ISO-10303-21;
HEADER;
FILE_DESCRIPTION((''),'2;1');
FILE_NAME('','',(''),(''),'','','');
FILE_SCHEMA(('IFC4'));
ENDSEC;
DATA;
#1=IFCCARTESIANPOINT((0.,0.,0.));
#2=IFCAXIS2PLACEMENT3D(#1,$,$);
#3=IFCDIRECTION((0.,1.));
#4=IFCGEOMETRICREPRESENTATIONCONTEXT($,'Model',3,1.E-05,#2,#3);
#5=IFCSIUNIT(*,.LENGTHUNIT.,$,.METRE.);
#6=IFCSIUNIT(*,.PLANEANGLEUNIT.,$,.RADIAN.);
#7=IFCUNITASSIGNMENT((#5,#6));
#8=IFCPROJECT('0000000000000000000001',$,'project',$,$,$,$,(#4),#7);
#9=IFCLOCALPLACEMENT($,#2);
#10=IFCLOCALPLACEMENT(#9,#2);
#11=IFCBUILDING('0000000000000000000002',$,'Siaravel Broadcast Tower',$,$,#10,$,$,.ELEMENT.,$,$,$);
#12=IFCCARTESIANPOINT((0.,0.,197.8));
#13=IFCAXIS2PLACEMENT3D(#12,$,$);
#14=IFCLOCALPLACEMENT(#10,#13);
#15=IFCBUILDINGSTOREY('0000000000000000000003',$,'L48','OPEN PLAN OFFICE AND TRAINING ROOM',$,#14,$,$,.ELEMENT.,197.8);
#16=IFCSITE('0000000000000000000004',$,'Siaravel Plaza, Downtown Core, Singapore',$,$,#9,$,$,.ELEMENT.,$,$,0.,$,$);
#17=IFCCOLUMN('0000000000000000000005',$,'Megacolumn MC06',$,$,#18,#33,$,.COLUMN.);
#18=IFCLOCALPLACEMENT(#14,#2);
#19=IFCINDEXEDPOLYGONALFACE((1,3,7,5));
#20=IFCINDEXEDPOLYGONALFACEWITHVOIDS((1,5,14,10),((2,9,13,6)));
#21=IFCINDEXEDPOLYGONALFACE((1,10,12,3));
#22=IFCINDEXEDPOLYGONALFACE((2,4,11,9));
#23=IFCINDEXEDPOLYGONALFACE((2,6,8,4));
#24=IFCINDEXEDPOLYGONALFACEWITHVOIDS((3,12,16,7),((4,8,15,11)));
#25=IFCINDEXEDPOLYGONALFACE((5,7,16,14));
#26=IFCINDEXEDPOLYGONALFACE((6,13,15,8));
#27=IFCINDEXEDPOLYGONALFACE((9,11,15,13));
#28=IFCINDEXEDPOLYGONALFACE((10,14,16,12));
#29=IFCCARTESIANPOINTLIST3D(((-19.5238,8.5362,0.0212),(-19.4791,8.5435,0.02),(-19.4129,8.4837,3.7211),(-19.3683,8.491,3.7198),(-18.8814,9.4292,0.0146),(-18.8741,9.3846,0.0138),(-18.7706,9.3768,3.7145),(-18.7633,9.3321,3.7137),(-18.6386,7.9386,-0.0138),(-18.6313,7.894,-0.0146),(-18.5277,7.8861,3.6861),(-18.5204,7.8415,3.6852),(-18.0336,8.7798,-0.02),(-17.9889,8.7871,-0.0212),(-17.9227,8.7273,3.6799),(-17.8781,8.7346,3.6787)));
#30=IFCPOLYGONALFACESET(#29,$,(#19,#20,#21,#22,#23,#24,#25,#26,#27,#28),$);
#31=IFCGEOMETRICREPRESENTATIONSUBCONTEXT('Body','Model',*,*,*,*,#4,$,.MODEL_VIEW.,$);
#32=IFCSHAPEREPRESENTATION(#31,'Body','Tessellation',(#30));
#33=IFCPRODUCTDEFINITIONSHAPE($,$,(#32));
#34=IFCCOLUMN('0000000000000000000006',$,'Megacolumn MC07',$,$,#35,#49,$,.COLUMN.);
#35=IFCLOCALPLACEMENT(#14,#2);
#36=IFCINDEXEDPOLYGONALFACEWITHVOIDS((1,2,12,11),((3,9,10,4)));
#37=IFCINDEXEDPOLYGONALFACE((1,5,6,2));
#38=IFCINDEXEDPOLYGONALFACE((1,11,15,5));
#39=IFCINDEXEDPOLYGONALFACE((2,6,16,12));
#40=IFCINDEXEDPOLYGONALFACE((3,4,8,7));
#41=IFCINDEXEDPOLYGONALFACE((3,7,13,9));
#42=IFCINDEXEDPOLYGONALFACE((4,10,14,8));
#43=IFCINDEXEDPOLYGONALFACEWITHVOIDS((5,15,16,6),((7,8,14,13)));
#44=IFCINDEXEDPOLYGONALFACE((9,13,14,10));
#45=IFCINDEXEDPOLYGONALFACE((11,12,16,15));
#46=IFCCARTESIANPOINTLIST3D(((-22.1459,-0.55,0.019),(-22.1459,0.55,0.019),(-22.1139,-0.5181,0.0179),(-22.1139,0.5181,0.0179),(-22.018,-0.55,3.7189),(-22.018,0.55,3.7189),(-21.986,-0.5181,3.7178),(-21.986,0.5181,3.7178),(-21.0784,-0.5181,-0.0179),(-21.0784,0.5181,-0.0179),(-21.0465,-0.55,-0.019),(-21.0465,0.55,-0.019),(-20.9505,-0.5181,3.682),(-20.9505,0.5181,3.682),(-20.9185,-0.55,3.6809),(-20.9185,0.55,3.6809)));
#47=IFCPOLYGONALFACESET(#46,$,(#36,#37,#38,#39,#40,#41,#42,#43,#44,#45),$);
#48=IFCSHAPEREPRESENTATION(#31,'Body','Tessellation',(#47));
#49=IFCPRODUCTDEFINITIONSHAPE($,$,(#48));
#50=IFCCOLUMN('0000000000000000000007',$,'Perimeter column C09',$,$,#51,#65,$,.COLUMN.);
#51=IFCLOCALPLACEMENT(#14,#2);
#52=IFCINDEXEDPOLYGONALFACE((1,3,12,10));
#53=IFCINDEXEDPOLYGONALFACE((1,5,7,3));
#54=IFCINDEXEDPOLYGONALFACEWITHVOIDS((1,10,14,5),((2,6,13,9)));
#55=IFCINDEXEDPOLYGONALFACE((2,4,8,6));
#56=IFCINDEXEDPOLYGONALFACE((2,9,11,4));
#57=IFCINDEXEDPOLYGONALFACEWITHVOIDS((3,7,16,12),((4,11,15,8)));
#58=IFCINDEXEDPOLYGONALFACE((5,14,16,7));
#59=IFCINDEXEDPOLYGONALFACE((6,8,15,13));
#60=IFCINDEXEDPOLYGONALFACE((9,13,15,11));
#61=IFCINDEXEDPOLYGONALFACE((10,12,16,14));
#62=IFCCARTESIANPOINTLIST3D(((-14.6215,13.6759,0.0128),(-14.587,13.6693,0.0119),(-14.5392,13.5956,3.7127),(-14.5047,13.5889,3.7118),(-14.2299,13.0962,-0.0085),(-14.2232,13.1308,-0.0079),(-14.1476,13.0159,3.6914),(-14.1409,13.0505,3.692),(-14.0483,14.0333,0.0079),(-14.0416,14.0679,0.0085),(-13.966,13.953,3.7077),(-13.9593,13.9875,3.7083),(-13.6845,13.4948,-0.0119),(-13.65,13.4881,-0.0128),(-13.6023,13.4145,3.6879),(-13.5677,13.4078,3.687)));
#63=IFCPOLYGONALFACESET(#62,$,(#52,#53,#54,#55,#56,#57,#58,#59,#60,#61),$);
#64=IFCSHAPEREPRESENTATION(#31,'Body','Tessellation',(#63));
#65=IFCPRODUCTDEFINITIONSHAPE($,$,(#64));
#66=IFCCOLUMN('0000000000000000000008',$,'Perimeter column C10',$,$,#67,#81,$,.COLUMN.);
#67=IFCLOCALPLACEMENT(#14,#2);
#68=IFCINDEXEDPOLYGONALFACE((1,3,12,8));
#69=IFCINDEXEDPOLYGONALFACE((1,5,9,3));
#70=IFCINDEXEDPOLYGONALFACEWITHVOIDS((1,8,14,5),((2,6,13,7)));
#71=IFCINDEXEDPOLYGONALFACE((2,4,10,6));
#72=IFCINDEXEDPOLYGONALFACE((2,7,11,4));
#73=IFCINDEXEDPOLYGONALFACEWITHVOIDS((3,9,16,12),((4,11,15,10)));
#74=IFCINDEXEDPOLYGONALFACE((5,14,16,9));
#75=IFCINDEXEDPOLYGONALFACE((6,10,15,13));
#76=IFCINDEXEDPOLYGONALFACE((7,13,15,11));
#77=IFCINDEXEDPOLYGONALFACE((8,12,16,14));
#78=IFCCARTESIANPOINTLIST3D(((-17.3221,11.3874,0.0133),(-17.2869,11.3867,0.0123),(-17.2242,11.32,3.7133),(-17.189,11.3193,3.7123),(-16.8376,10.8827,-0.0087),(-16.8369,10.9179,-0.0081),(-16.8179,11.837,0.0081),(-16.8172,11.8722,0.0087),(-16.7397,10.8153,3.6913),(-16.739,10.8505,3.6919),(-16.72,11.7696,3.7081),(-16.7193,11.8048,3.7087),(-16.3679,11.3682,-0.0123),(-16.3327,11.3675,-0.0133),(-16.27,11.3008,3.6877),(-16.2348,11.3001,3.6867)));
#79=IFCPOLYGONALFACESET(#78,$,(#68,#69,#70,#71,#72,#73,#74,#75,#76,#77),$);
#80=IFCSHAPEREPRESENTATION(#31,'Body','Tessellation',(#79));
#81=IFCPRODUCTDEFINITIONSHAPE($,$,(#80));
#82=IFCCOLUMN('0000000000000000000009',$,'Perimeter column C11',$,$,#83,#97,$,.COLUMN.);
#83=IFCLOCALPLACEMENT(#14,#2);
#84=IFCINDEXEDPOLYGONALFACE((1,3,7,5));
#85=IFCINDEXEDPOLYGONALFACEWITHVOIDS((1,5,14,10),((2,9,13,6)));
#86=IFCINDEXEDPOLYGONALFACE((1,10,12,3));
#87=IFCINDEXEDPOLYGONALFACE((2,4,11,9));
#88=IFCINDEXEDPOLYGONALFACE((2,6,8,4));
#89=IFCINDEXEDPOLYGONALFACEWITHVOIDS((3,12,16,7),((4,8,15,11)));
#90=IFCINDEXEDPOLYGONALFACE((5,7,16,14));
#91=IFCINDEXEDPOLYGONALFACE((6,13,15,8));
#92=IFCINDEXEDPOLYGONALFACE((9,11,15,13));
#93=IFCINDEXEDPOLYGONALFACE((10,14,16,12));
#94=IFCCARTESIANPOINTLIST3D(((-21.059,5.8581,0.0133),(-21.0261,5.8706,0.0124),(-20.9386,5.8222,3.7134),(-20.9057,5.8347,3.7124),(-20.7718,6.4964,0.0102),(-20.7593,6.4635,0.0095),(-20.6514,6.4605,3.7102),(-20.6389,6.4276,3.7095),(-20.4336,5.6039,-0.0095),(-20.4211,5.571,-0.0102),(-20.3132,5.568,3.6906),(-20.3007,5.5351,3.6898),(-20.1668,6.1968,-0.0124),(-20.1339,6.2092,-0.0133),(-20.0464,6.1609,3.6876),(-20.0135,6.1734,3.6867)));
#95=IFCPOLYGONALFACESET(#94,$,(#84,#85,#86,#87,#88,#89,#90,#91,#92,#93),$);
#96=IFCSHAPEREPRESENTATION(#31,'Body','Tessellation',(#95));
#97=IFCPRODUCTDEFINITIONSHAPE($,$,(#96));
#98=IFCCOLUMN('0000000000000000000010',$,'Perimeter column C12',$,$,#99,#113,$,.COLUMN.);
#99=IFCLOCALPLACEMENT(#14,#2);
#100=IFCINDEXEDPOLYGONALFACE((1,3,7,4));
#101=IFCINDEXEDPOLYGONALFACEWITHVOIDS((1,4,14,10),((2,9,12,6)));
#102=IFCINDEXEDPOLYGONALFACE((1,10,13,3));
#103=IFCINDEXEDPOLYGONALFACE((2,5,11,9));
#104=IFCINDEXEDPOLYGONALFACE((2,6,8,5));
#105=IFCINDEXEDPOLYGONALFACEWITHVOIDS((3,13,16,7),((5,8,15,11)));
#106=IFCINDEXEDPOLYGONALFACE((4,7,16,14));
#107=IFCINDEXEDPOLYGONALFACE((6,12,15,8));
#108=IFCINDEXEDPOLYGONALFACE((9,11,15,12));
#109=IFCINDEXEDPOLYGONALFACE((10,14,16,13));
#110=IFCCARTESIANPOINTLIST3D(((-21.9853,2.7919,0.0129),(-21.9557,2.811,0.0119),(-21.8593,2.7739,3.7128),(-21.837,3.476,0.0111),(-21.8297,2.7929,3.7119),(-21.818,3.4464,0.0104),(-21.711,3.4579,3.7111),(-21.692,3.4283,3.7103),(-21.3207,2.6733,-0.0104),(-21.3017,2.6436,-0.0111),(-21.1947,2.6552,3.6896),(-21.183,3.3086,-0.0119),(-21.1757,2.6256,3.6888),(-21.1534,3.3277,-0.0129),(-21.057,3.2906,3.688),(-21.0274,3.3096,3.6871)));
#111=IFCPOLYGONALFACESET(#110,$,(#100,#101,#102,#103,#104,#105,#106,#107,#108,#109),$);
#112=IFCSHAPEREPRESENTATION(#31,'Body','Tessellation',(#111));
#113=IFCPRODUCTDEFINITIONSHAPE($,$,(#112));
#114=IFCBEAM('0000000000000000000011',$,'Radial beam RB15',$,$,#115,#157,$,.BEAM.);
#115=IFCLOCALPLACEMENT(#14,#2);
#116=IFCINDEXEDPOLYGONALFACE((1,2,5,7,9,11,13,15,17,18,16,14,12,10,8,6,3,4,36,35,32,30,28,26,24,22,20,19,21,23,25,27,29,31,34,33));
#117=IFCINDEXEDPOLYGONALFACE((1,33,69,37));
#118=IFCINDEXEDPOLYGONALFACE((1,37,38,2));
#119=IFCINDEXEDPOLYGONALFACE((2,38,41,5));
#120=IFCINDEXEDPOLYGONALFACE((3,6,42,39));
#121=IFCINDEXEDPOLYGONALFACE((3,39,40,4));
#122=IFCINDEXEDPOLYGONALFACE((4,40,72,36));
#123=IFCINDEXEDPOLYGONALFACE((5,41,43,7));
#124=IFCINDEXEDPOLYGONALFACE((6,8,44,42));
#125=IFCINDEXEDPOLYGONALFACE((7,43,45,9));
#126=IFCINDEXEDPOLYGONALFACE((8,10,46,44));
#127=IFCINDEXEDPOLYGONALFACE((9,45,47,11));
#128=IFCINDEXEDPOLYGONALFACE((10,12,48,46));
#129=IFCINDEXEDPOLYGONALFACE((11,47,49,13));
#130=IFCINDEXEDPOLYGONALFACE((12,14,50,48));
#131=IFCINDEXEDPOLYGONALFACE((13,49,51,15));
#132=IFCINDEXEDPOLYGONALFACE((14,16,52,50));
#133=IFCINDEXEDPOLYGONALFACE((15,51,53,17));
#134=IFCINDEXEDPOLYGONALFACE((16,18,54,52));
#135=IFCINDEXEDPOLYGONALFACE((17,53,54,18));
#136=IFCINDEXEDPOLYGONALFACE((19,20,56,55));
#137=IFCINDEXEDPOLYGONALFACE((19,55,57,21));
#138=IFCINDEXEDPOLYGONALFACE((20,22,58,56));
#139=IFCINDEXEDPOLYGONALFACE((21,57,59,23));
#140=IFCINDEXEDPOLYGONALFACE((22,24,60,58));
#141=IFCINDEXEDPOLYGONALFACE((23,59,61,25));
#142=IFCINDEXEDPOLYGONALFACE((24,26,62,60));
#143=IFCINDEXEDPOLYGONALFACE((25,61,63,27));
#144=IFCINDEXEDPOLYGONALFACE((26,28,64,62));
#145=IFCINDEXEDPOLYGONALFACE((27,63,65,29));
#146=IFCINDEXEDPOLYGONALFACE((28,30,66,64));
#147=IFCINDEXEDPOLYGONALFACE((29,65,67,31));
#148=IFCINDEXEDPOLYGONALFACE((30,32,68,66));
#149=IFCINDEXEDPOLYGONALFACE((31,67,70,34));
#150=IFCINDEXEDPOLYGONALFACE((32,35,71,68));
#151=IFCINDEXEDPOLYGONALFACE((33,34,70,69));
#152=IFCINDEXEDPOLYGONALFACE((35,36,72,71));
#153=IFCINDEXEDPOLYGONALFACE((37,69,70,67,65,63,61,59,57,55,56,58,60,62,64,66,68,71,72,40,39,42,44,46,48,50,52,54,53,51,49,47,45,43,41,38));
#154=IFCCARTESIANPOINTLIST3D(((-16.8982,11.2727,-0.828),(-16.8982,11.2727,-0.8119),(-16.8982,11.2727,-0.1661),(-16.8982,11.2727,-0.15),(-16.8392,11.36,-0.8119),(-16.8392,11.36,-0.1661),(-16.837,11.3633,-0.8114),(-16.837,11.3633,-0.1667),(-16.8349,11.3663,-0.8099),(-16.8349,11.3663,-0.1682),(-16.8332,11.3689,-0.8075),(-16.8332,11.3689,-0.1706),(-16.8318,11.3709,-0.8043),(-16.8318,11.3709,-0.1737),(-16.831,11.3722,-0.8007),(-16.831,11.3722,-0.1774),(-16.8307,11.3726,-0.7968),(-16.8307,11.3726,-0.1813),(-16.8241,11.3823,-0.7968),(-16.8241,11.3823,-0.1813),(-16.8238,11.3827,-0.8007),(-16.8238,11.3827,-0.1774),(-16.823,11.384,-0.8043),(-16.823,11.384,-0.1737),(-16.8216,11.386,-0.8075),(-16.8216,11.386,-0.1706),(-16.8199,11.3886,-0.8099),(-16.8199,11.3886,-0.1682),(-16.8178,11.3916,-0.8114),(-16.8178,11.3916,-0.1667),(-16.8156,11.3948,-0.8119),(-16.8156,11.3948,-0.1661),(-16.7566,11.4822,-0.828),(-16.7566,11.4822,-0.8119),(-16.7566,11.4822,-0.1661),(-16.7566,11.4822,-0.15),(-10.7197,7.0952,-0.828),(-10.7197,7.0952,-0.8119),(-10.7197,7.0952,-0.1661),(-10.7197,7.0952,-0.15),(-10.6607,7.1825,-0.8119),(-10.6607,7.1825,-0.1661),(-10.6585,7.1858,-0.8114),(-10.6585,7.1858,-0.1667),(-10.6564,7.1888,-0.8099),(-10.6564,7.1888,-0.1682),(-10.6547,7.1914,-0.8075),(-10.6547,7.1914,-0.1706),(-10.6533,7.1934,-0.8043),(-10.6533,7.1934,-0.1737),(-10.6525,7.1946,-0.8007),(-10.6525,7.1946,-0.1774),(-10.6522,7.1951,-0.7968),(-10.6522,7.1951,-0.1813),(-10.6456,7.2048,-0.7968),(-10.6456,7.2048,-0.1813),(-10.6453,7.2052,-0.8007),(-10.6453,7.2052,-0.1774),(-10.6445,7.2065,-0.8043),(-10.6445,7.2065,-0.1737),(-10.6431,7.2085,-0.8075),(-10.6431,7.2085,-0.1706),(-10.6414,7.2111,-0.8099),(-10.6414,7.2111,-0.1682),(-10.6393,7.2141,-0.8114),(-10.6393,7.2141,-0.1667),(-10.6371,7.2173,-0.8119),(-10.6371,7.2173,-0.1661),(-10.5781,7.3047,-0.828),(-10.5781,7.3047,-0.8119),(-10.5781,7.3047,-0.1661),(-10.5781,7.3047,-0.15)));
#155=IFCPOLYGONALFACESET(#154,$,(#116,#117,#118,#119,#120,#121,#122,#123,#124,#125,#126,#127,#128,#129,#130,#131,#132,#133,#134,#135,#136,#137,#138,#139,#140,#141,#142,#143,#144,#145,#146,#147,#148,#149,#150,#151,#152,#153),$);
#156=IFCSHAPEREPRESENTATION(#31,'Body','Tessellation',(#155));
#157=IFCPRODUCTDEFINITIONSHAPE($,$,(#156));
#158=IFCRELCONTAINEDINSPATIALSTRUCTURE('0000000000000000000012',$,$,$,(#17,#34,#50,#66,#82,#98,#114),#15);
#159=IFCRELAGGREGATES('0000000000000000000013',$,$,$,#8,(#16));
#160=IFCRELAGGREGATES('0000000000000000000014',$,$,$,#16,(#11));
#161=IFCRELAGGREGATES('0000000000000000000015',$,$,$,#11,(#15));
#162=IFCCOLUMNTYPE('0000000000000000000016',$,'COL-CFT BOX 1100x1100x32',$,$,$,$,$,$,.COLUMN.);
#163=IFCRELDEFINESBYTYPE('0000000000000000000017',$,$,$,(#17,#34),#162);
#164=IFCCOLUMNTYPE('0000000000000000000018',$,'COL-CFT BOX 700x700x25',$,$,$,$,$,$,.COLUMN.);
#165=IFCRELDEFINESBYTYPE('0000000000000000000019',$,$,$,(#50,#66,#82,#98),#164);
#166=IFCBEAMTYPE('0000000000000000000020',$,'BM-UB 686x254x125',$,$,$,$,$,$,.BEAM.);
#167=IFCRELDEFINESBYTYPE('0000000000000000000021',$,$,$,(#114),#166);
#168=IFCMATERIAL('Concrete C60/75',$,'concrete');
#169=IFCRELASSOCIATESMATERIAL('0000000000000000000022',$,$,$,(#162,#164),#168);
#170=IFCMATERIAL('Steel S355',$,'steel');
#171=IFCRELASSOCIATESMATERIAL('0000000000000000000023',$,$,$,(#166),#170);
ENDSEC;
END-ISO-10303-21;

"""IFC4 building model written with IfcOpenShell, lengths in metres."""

from ifc_helpers import new_model, si_unit, direction, frame, origin, origin_2d, place, context, subcontext, project, spatial, hollow_rectangle, i_section, extrude, material, material_profile, profile_set, type_object, element, save


model = new_model("IFC4")

# Units and contexts
model_context = context("Model", 3, precision=1e-05, world=origin(), true_north=direction((0.0, 1.0)))
body_context = subcontext(model_context, "Body", "Model", "MODEL_VIEW")
ifc_project = project(units=[si_unit("LENGTHUNIT", "METRE"), si_unit("PLANEANGLEUNIT", "RADIAN")], contexts=[model_context])

# Site, building, storey
site_placement = place(None, origin())
site = spatial("IfcSite", under=ifc_project, at=site_placement, Name="Siaravel Plaza, Downtown Core, Singapore", CompositionType="ELEMENT", RefElevation=0.0)
building_placement = place(site_placement, origin())
building = spatial("IfcBuilding", under=site, at=building_placement, Name="Siaravel Broadcast Tower", CompositionType="ELEMENT")
storey_placement = place(building_placement, frame((0.0, 0.0, 197.8)))
storey = spatial("IfcBuildingStorey", under=building, at=storey_placement, Name="L48", Description="OPEN PLAN OFFICE AND TRAINING ROOM", CompositionType="ELEMENT", Elevation=197.8)

# Columns
ifc_material_1 = material(Name="Concrete C60/75", Category="concrete")
ifc_material_profile_1 = material_profile(ifc_material_1, hollow_rectangle(XDim=1.1001, YDim=1.1001, WallThickness=0.032, at=origin_2d()))
ifc_profile_set_1 = profile_set([ifc_material_profile_1], Name="Concrete C60/75")
column_type_1 = type_object("IfcColumnType", Name="COL-CFT BOX 1100x1100x32", PredefinedType="COLUMN", material=ifc_profile_set_1)
column_1_placement = place(storey_placement, frame((-18.7563, 8.6616, 0.0), z_axis=(0.029941, -0.014179, 0.999451), x_axis=(0.583902, 0.811802, -0.005975)))
element("IfcColumn", 1, at=column_1_placement, inside=storey, type_object=column_type_1, Name="Megacolumn MC06", PredefinedType="COLUMN", context=body_context, shape_type="SweptSolid", body=[
    extrude(hollow_rectangle(XDim=1.1001, YDim=1.1001, WallThickness=0.032, at=origin_2d()), origin(), (0.0, 0.0, 1.0), 3.7019),
])
column_2_placement = place(storey_placement, frame((-21.5962, 0.0, 0.0), z_axis=(0.034555, 0.0, 0.999403), x_axis=(0.0, 1.0, 0.0)))
element("IfcColumn", 2, at=column_2_placement, inside=storey, type_object=column_type_1, Name="Megacolumn MC07", PredefinedType="COLUMN", context=body_context, shape_type="SweptSolid", body=[
    extrude(hollow_rectangle(XDim=1.1001, YDim=1.1001, WallThickness=0.032, at=origin_2d()), origin(), (0.0, 0.0, 1.0), 3.7021),
])
ifc_material_profile_2 = material_profile(ifc_material_1, hollow_rectangle(XDim=0.7, YDim=0.7, WallThickness=0.0249, at=origin_2d()))
ifc_profile_set_2 = profile_set([ifc_material_profile_2], Name="Concrete C60/75")
column_type_2 = type_object("IfcColumnType", Name="COL-CFT BOX 700x700x25", PredefinedType="COLUMN", material=ifc_profile_set_2)
column_3_placement = place(storey_placement, frame((-14.1357, 13.582, 0.0), z_axis=(0.022226, -0.021699, 0.999517), x_axis=(0.828526, 0.559915, -0.006269)))
element("IfcColumn", 3, at=column_3_placement, inside=storey, type_object=column_type_2, Name="Perimeter column C09", PredefinedType="COLUMN", context=body_context, shape_type="SweptSolid", body=[
    extrude(hollow_rectangle(XDim=0.7, YDim=0.7, WallThickness=0.0249, at=origin_2d()), origin(), (0.0, 0.0, 1.0), 3.7017),
])
column_4_placement = place(storey_placement, frame((-16.8274, 11.3774, 0.0), z_axis=(0.026446, -0.018202, 0.999484), x_axis=(0.721262, 0.692632, -0.00647)))
element("IfcColumn", 4, at=column_4_placement, inside=storey, type_object=column_type_2, Name="Perimeter column C10", PredefinedType="COLUMN", context=body_context, shape_type="SweptSolid", body=[
    extrude(hollow_rectangle(XDim=0.7, YDim=0.7, WallThickness=0.0249, at=origin_2d()), origin(), (0.0, 0.0, 1.0), 3.7019),
])
for number, where, z_axis, x_axis, name in (
    (5, (-20.5964, 6.0337, 0.0), (0.032512, -0.009694, 0.999424), (0.410379, 0.911904, -0.004505), "Perimeter column C11"),
    (6, (-21.5693, 3.0598, 0.0), (0.034028, -0.00488, 0.999409), (0.211884, 0.977292, -0.002442), "Perimeter column C12"),
):
    element("IfcColumn", number, at=place(storey_placement, frame(where, z_axis=z_axis, x_axis=x_axis)), inside=storey, type_object=column_type_2, Name=name, PredefinedType="COLUMN", context=body_context, shape_type="SweptSolid", body=[
        extrude(hollow_rectangle(XDim=0.7, YDim=0.7, WallThickness=0.0249, at=origin_2d()), origin(), (0.0, 0.0, 1.0), 3.7021),
    ])

# Beam
ifc_material_2 = material(Name="Steel S355", Category="steel")
ifc_material_profile_3 = material_profile(ifc_material_2, i_section(OverallWidth=0.2529, OverallDepth=0.678, WebThickness=0.0117, FlangeThickness=0.0161, FilletRadius=0.0151, at=origin_2d()))
ifc_profile_set_3 = profile_set([ifc_material_profile_3], Name="Steel S355")
beam_type = type_object("IfcBeamType", Name="BM-UB 686x254x125", PredefinedType="BEAM", material=ifc_profile_set_3)
beam_1_placement = place(storey_placement, frame((-16.8274, 11.3774, -0.489), z_axis=(0.828412, -0.56012, 0.0), x_axis=(0.56012, 0.828412, 0.0)))
element("IfcBeam", 7, at=beam_1_placement, inside=storey, type_object=beam_type, Name="Radial beam RB15", PredefinedType="BEAM", context=body_context, shape_type="SweptSolid", body=[
    extrude(i_section(OverallWidth=0.2529, OverallDepth=0.678, WebThickness=0.0117, FlangeThickness=0.0161, FilletRadius=0.0151, at=origin_2d()), origin(), (0.0, 0.0, 1.0), 7.4583),
])

save(model, "model.ifc")
